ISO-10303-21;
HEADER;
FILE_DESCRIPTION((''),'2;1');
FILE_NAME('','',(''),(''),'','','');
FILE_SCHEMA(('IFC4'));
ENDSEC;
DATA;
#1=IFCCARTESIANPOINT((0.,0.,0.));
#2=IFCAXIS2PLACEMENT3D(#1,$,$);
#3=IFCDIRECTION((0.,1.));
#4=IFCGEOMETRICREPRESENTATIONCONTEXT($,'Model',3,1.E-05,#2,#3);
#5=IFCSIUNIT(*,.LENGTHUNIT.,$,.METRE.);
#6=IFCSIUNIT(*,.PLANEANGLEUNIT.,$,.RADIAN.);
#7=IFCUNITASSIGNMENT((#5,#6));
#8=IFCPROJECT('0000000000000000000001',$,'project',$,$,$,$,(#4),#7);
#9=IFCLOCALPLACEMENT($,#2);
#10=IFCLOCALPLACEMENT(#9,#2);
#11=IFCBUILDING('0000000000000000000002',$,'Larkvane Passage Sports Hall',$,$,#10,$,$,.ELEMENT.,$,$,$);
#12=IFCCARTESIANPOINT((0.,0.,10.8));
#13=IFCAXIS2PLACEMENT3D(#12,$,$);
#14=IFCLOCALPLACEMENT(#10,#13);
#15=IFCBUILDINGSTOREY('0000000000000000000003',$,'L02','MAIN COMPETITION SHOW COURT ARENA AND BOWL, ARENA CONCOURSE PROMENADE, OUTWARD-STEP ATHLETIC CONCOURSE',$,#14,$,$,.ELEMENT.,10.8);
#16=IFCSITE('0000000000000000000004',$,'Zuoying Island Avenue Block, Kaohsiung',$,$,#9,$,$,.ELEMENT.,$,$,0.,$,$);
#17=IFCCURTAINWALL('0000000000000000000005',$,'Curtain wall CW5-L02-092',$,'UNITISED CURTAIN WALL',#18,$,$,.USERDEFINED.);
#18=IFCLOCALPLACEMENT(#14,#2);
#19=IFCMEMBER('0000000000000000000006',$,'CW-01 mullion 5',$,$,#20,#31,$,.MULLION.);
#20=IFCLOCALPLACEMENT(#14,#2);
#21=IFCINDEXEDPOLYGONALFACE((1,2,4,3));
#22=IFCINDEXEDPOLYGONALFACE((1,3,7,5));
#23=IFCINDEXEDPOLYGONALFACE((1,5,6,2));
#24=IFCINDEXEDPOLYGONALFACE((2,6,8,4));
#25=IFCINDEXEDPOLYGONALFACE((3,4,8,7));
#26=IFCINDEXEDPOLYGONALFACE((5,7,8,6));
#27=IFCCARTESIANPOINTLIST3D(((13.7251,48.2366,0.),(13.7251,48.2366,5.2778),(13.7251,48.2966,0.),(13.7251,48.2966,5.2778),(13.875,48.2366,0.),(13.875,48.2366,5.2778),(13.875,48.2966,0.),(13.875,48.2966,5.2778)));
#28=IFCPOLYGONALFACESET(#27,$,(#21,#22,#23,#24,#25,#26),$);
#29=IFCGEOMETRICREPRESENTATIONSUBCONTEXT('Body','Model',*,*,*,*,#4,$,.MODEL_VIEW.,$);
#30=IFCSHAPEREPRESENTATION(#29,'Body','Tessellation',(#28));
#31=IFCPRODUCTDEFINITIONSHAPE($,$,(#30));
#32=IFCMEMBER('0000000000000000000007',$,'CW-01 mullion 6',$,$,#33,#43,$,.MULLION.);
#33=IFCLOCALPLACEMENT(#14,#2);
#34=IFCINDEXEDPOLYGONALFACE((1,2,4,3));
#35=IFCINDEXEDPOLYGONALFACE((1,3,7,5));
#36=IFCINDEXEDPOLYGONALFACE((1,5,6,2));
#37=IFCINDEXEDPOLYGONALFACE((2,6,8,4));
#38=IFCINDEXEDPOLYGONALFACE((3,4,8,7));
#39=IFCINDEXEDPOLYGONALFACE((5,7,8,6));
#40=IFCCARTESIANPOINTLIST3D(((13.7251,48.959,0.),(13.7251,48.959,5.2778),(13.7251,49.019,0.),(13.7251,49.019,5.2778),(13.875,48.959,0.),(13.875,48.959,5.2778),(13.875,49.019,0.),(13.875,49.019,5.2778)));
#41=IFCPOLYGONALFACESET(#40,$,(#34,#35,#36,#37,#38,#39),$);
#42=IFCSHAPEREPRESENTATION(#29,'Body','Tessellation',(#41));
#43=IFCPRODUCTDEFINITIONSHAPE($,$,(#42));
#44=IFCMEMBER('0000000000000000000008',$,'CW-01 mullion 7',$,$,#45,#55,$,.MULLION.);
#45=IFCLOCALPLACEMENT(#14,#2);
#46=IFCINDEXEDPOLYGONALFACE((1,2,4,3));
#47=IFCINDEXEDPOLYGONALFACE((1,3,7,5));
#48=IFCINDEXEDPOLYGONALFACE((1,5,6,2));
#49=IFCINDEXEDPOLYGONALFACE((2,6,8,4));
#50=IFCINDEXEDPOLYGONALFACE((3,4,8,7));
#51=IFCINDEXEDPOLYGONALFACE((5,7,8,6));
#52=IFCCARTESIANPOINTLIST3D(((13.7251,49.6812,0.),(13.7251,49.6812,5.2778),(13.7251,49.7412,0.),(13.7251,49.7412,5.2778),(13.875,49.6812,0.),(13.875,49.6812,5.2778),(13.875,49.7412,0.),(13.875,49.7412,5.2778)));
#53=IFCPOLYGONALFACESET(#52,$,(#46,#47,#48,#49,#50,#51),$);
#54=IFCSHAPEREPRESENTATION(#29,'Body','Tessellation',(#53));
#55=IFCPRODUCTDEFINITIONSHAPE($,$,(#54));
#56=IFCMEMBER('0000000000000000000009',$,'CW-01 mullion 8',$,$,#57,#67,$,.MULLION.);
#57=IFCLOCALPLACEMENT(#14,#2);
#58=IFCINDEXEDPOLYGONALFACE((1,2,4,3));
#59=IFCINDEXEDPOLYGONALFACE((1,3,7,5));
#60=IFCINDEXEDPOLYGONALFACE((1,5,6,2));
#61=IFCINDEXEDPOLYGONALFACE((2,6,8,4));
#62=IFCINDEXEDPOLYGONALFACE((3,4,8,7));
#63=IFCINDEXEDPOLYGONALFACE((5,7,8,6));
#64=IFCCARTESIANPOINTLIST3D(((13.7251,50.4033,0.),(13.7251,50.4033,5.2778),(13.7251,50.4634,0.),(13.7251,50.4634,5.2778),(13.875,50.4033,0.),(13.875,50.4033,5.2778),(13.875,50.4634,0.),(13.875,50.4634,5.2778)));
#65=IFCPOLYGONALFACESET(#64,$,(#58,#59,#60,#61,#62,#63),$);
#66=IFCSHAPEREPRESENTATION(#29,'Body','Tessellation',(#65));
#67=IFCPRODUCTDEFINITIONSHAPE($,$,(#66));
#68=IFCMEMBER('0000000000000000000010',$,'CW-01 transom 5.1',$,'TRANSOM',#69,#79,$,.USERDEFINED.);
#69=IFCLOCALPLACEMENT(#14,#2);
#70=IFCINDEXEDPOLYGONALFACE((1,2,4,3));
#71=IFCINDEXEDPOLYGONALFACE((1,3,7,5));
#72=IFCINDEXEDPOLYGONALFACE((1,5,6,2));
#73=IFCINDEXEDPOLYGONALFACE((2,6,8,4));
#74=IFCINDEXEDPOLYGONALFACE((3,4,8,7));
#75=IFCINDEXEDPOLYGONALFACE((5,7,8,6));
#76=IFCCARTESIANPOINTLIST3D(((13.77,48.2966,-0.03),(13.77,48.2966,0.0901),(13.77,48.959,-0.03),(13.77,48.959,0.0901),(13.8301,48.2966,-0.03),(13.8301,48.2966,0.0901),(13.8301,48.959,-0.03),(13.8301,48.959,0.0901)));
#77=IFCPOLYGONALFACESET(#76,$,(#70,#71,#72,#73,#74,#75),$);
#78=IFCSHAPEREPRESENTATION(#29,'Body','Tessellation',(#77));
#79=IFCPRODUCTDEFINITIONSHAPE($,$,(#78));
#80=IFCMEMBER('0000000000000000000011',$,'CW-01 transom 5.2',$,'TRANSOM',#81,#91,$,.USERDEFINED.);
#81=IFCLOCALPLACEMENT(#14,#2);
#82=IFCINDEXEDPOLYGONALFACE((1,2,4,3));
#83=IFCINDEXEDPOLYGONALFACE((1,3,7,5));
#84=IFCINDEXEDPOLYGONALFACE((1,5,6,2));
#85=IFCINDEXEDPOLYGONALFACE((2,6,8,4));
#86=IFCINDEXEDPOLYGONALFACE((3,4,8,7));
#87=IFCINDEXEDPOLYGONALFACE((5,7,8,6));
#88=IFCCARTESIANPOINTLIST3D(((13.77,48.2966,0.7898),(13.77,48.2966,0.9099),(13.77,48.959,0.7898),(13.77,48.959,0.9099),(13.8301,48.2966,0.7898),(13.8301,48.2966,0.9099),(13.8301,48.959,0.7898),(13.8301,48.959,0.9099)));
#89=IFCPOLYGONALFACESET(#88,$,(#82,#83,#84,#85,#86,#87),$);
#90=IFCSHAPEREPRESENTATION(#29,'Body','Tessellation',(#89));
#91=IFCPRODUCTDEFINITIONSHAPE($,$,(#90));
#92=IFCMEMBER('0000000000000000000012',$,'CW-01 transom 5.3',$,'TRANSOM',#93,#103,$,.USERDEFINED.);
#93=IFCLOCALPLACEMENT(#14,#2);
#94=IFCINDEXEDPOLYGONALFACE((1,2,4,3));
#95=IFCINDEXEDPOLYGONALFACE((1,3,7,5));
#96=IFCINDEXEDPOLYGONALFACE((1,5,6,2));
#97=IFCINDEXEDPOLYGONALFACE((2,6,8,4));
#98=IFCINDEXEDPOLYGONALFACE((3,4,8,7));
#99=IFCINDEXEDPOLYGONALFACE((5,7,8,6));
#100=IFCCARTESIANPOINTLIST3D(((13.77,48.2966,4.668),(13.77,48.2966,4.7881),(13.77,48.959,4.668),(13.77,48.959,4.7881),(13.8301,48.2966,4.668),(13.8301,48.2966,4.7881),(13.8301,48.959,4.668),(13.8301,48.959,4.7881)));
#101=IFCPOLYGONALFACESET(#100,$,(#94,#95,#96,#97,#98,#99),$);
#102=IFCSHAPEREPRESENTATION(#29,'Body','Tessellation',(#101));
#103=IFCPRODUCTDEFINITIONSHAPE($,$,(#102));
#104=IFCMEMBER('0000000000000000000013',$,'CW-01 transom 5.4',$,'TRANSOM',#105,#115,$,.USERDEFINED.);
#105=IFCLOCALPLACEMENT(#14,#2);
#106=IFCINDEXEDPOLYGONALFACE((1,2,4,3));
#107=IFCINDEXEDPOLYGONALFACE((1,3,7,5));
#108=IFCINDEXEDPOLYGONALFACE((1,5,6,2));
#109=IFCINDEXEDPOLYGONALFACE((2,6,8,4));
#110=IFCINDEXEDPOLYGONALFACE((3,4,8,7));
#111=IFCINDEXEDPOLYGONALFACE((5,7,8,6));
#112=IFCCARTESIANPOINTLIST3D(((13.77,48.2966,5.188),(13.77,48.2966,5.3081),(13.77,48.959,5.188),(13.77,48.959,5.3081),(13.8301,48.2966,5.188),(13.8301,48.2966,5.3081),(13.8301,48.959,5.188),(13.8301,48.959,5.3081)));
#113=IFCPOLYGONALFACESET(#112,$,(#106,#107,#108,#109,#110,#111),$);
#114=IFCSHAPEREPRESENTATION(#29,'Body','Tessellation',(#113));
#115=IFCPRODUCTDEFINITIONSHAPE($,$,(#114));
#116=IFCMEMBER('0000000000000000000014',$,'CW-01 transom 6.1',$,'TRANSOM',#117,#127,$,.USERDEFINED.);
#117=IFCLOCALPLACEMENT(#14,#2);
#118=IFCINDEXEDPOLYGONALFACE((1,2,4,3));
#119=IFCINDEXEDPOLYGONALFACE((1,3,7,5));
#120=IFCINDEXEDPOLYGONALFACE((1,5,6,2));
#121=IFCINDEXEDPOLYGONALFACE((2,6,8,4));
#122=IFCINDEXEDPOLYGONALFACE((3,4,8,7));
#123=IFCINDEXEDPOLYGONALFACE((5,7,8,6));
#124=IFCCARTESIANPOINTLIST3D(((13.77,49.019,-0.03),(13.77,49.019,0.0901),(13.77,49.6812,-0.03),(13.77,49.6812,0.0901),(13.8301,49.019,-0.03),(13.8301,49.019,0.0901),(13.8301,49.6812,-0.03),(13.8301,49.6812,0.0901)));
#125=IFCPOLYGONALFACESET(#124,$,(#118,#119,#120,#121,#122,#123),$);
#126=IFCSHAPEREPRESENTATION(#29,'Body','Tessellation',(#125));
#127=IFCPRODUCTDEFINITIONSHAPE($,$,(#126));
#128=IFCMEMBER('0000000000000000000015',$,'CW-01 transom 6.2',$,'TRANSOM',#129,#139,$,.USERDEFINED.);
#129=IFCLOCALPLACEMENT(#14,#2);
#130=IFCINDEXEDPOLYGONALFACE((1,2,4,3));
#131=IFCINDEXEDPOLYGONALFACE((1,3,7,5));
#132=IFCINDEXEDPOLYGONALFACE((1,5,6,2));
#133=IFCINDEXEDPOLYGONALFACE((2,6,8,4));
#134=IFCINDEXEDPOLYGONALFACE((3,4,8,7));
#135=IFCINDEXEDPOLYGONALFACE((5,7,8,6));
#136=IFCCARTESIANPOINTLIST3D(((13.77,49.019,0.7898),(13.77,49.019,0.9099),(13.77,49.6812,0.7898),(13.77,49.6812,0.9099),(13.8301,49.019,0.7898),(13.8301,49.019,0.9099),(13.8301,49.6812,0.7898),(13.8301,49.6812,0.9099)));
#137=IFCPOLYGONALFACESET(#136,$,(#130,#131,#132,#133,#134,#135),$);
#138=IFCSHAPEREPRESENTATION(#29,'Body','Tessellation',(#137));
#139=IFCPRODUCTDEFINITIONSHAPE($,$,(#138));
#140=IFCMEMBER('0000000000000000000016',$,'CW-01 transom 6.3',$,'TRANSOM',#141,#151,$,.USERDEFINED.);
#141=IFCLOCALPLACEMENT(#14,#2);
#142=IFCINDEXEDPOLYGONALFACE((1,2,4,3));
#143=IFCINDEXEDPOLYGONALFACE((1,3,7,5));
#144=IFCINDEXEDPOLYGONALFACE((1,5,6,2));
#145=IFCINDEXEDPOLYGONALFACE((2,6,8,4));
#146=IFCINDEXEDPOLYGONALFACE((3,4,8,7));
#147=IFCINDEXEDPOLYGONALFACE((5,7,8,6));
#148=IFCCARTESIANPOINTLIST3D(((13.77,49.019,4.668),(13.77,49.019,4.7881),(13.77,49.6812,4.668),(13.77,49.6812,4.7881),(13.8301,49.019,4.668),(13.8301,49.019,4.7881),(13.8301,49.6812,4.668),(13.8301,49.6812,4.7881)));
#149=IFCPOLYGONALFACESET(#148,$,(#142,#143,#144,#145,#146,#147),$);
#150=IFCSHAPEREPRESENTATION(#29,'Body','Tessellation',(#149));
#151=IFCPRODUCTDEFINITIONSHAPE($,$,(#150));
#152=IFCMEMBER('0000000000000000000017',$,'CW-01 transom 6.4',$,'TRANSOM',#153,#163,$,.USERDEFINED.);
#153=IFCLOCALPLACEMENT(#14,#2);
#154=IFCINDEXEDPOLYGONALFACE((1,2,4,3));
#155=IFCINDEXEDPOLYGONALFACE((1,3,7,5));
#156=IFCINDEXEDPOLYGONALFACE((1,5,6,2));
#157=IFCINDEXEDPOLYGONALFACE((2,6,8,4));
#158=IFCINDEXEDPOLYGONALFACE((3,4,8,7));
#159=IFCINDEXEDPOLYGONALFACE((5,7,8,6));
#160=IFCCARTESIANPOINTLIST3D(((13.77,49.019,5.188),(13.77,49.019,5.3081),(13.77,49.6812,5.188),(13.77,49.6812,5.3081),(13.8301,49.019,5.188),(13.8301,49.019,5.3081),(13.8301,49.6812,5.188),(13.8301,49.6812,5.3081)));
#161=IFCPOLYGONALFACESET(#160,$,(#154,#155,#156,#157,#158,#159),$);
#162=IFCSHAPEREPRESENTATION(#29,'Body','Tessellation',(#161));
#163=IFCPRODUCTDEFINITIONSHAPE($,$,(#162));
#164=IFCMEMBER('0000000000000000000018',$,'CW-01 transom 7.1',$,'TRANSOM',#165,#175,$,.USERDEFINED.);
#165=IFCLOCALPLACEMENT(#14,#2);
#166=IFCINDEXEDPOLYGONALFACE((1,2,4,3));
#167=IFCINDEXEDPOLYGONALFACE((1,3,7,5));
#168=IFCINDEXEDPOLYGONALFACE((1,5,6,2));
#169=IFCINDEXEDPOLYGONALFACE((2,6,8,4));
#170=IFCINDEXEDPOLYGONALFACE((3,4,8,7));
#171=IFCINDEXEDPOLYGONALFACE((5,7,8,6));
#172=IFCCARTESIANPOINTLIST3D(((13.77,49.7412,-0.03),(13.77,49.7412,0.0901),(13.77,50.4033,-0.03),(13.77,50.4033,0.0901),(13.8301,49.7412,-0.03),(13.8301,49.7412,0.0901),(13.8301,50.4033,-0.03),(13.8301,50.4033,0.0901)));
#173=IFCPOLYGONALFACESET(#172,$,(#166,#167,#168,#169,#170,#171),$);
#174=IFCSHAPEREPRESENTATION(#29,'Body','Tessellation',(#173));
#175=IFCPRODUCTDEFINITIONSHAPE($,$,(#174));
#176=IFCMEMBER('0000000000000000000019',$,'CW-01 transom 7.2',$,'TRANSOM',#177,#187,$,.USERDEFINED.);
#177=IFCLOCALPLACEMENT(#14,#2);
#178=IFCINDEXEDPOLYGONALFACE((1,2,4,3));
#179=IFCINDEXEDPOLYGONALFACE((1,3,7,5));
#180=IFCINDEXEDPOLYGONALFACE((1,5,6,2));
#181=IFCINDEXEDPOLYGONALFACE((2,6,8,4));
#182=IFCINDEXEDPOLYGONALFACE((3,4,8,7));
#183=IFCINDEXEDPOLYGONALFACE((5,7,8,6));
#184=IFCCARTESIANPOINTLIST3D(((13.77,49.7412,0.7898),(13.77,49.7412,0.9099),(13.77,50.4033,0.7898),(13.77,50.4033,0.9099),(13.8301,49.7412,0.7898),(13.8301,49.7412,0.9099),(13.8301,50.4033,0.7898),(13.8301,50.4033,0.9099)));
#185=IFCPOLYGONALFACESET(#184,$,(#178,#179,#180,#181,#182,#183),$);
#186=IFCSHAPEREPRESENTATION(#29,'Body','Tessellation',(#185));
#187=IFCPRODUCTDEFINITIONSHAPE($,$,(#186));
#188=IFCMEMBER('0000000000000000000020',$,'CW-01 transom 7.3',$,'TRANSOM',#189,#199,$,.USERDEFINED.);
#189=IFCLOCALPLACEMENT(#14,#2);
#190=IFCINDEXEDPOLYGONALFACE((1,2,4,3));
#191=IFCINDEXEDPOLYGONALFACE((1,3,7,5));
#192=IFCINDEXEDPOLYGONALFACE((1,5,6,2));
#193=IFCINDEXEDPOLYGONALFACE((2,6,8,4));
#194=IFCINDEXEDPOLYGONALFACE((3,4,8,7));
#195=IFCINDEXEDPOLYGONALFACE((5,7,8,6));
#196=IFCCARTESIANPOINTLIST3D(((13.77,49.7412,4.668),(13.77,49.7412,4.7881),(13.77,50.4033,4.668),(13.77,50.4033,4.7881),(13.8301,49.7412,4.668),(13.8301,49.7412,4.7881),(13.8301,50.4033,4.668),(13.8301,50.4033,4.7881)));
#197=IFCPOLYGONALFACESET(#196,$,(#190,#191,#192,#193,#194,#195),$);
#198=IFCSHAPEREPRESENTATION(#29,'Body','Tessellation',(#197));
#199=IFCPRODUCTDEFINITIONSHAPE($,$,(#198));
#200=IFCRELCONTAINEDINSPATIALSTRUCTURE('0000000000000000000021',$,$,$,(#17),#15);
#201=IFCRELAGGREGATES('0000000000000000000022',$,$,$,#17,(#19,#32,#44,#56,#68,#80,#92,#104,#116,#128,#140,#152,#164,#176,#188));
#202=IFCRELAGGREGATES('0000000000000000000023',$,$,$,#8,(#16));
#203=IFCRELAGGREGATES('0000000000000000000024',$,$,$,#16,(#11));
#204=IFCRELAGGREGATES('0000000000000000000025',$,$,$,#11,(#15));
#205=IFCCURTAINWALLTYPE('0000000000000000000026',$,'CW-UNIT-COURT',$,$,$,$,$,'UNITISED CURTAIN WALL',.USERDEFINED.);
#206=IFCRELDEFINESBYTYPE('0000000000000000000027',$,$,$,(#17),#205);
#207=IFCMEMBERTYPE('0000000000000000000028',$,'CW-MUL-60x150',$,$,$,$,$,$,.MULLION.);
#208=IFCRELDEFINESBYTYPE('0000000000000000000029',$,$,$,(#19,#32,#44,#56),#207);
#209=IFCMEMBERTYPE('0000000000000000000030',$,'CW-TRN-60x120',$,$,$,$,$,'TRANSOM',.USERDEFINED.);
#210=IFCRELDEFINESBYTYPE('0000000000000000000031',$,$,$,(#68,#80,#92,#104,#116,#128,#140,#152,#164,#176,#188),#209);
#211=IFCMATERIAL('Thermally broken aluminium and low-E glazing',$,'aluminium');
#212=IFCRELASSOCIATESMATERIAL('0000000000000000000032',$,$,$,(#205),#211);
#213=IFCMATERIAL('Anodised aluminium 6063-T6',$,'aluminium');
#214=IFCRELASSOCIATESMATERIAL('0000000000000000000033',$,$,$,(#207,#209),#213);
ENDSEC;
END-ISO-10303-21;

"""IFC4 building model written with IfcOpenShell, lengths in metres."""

from ifc_helpers import new_model, si_unit, direction, frame, origin, origin_2d, place, context, subcontext, project, spatial, rectangle, extrude, material, material_profile, profile_set, type_object, element, aggregate, save


model = new_model("IFC4")

# Units and contexts
model_context = context("Model", 3, precision=1e-05, world=origin(), true_north=direction((0.0, 1.0)))
body_context = subcontext(model_context, "Body", "Model", "MODEL_VIEW")
ifc_project = project(units=[si_unit("LENGTHUNIT", "METRE"), si_unit("PLANEANGLEUNIT", "RADIAN")], contexts=[model_context])

# Site, building, storey
site_placement = place(None, origin())
site = spatial("IfcSite", under=ifc_project, at=site_placement, Name="Zuoying Island Avenue Block, Kaohsiung", CompositionType="ELEMENT", RefElevation=0.0)
building_placement = place(site_placement, origin())
building = spatial("IfcBuilding", under=site, at=building_placement, Name="Larkvane Passage Sports Hall", CompositionType="ELEMENT")
storey_placement = place(building_placement, frame((0.0, 0.0, 10.8)))
storey = spatial("IfcBuildingStorey", under=building, at=storey_placement, Name="L02", Description="MAIN COMPETITION SHOW COURT ARENA AND BOWL, ARENA CONCOURSE PROMENADE, OUTWARD-STEP ATHLETIC CONCOURSE", CompositionType="ELEMENT", Elevation=10.8)

# Curtain wall, members
ifc_material_1 = material(Name="Thermally broken aluminium and low-E glazing", Category="aluminium")
curtain_wall_type = type_object("IfcCurtainWallType", Name="CW-UNIT-COURT", ElementType="UNITISED CURTAIN WALL", PredefinedType="USERDEFINED", material=ifc_material_1)
curtain_wall_placement = place(storey_placement, origin())
curtain_wall = element("IfcCurtainWall", 1, at=curtain_wall_placement, inside=storey, type_object=curtain_wall_type, Name="Curtain wall CW5-L02-092", ObjectType="UNITISED CURTAIN WALL", PredefinedType="USERDEFINED")
ifc_material_2 = material(Name="Anodised aluminium 6063-T6", Category="aluminium")
ifc_material_profile_1 = material_profile(ifc_material_2, rectangle(XDim=0.0601, YDim=0.1499, at=origin_2d()), Name="ALU-MUL-60x150")
ifc_profile_set_1 = profile_set([ifc_material_profile_1], Name="Anodised aluminium 6063-T6")
member_type_1 = type_object("IfcMemberType", Name="CW-MUL-60x150", PredefinedType="MULLION", material=ifc_profile_set_1)
member_1_placement = place(storey_placement, frame((13.8, 48.2666, 0.0), z_axis=(0.0, 0.0, 1.0), x_axis=(0.0, 1.0, 0.0)))
member_1 = element("IfcMember", 2, at=member_1_placement, type_object=member_type_1, Name="CW-01 mullion 5", PredefinedType="MULLION", context=body_context, shape_type="SweptSolid", body=[
    extrude(rectangle(XDim=0.0601, YDim=0.1499, at=origin_2d()), origin(), (0.0, 0.0, 1.0), 5.2778),
])
member_2_placement = place(storey_placement, frame((13.8, 48.989, 0.0), z_axis=(0.0, 0.0, 1.0), x_axis=(0.0, 1.0, 0.0)))
member_2 = element("IfcMember", 3, at=member_2_placement, type_object=member_type_1, Name="CW-01 mullion 6", PredefinedType="MULLION", context=body_context, shape_type="SweptSolid", body=[
    extrude(rectangle(XDim=0.0601, YDim=0.1499, at=origin_2d()), origin(), (0.0, 0.0, 1.0), 5.2778),
])
member_3_placement = place(storey_placement, frame((13.8, 49.7112, 0.0), z_axis=(0.0, 0.0, 1.0), x_axis=(0.0, 1.0, 0.0)))
member_3 = element("IfcMember", 4, at=member_3_placement, type_object=member_type_1, Name="CW-01 mullion 7", PredefinedType="MULLION", context=body_context, shape_type="SweptSolid", body=[
    extrude(rectangle(XDim=0.0601, YDim=0.1499, at=origin_2d()), origin(), (0.0, 0.0, 1.0), 5.2778),
])
member_4_placement = place(storey_placement, frame((13.8, 50.4333, 0.0), z_axis=(0.0, 0.0, 1.0), x_axis=(0.0, 1.0, 0.0)))
member_4 = element("IfcMember", 5, at=member_4_placement, type_object=member_type_1, Name="CW-01 mullion 8", PredefinedType="MULLION", context=body_context, shape_type="SweptSolid", body=[
    extrude(rectangle(XDim=0.0601, YDim=0.1499, at=origin_2d()), origin(), (0.0, 0.0, 1.0), 5.2778),
])
ifc_material_profile_2 = material_profile(ifc_material_2, rectangle(XDim=0.0601, YDim=0.1201, at=origin_2d()), Name="ALU-TRN-60x120")
ifc_profile_set_2 = profile_set([ifc_material_profile_2], Name="Anodised aluminium 6063-T6")
member_type_2 = type_object("IfcMemberType", Name="CW-TRN-60x120", ElementType="TRANSOM", PredefinedType="USERDEFINED", material=ifc_profile_set_2)
member_5_placement = place(storey_placement, frame((13.8, 48.2966, 0.03), z_axis=(0.0, 1.0, 0.0), x_axis=(-1.0, 0.0, 0.0)))
member_5 = element("IfcMember", 6, at=member_5_placement, type_object=member_type_2, Name="CW-01 transom 5.1", ObjectType="TRANSOM", PredefinedType="USERDEFINED", context=body_context, shape_type="SweptSolid", body=[
    extrude(rectangle(XDim=0.0601, YDim=0.1201, at=origin_2d()), origin(), (0.0, 0.0, 1.0), 0.6624),
])
member_6_placement = place(storey_placement, frame((13.8, 48.2966, 0.8499), z_axis=(0.0, 1.0, 0.0), x_axis=(-1.0, 0.0, 0.0)))
member_6 = element("IfcMember", 7, at=member_6_placement, type_object=member_type_2, Name="CW-01 transom 5.2", ObjectType="TRANSOM", PredefinedType="USERDEFINED", context=body_context, shape_type="SweptSolid", body=[
    extrude(rectangle(XDim=0.0601, YDim=0.1201, at=origin_2d()), origin(), (0.0, 0.0, 1.0), 0.6624),
])
member_7_placement = place(storey_placement, frame((13.8, 48.2966, 4.728), z_axis=(0.0, 1.0, 0.0), x_axis=(-1.0, 0.0, 0.0)))
member_7 = element("IfcMember", 8, at=member_7_placement, type_object=member_type_2, Name="CW-01 transom 5.3", ObjectType="TRANSOM", PredefinedType="USERDEFINED", context=body_context, shape_type="SweptSolid", body=[
    extrude(rectangle(XDim=0.0601, YDim=0.1201, at=origin_2d()), origin(), (0.0, 0.0, 1.0), 0.6624),
])
member_8_placement = place(storey_placement, frame((13.8, 48.2966, 5.248), z_axis=(0.0, 1.0, 0.0), x_axis=(-1.0, 0.0, 0.0)))
member_8 = element("IfcMember", 9, at=member_8_placement, type_object=member_type_2, Name="CW-01 transom 5.4", ObjectType="TRANSOM", PredefinedType="USERDEFINED", context=body_context, shape_type="SweptSolid", body=[
    extrude(rectangle(XDim=0.0601, YDim=0.1201, at=origin_2d()), origin(), (0.0, 0.0, 1.0), 0.6624),
])
member_9_placement = place(storey_placement, frame((13.8, 49.019, 0.03), z_axis=(0.0, 1.0, 0.0), x_axis=(-1.0, 0.0, 0.0)))
member_9 = element("IfcMember", 10, at=member_9_placement, type_object=member_type_2, Name="CW-01 transom 6.1", ObjectType="TRANSOM", PredefinedType="USERDEFINED", context=body_context, shape_type="SweptSolid", body=[
    extrude(rectangle(XDim=0.0601, YDim=0.1201, at=origin_2d()), origin(), (0.0, 0.0, 1.0), 0.6621),
])
member_10_placement = place(storey_placement, frame((13.8, 49.019, 0.8499), z_axis=(0.0, 1.0, 0.0), x_axis=(-1.0, 0.0, 0.0)))
member_10 = element("IfcMember", 11, at=member_10_placement, type_object=member_type_2, Name="CW-01 transom 6.2", ObjectType="TRANSOM", PredefinedType="USERDEFINED", context=body_context, shape_type="SweptSolid", body=[
    extrude(rectangle(XDim=0.0601, YDim=0.1201, at=origin_2d()), origin(), (0.0, 0.0, 1.0), 0.6621),
])
member_11_placement = place(storey_placement, frame((13.8, 49.019, 4.728), z_axis=(0.0, 1.0, 0.0), x_axis=(-1.0, 0.0, 0.0)))
member_11 = element("IfcMember", 12, at=member_11_placement, type_object=member_type_2, Name="CW-01 transom 6.3", ObjectType="TRANSOM", PredefinedType="USERDEFINED", context=body_context, shape_type="SweptSolid", body=[
    extrude(rectangle(XDim=0.0601, YDim=0.1201, at=origin_2d()), origin(), (0.0, 0.0, 1.0), 0.6621),
])
member_12_placement = place(storey_placement, frame((13.8, 49.019, 5.248), z_axis=(0.0, 1.0, 0.0), x_axis=(-1.0, 0.0, 0.0)))
member_12 = element("IfcMember", 13, at=member_12_placement, type_object=member_type_2, Name="CW-01 transom 6.4", ObjectType="TRANSOM", PredefinedType="USERDEFINED", context=body_context, shape_type="SweptSolid", body=[
    extrude(rectangle(XDim=0.0601, YDim=0.1201, at=origin_2d()), origin(), (0.0, 0.0, 1.0), 0.6621),
])
member_13_placement = place(storey_placement, frame((13.8, 49.7412, 0.03), z_axis=(0.0, 1.0, 0.0), x_axis=(-1.0, 0.0, 0.0)))
member_13 = element("IfcMember", 14, at=member_13_placement, type_object=member_type_2, Name="CW-01 transom 7.1", ObjectType="TRANSOM", PredefinedType="USERDEFINED", context=body_context, shape_type="SweptSolid", body=[
    extrude(rectangle(XDim=0.0601, YDim=0.1201, at=origin_2d()), origin(), (0.0, 0.0, 1.0), 0.6621),
])
member_14_placement = place(storey_placement, frame((13.8, 49.7412, 0.8499), z_axis=(0.0, 1.0, 0.0), x_axis=(-1.0, 0.0, 0.0)))
member_14 = element("IfcMember", 15, at=member_14_placement, type_object=member_type_2, Name="CW-01 transom 7.2", ObjectType="TRANSOM", PredefinedType="USERDEFINED", context=body_context, shape_type="SweptSolid", body=[
    extrude(rectangle(XDim=0.0601, YDim=0.1201, at=origin_2d()), origin(), (0.0, 0.0, 1.0), 0.6621),
])
member_15_placement = place(storey_placement, frame((13.8, 49.7412, 4.728), z_axis=(0.0, 1.0, 0.0), x_axis=(-1.0, 0.0, 0.0)))
member_15 = element("IfcMember", 16, at=member_15_placement, type_object=member_type_2, Name="CW-01 transom 7.3", ObjectType="TRANSOM", PredefinedType="USERDEFINED", context=body_context, shape_type="SweptSolid", body=[
    extrude(rectangle(XDim=0.0601, YDim=0.1201, at=origin_2d()), origin(), (0.0, 0.0, 1.0), 0.6621),
])
aggregate(curtain_wall, [member_1, member_2, member_3, member_4, member_5, member_6, member_7, member_8, member_9, member_10, member_11, member_12, member_13, member_14, member_15])

save(model, "model.ifc")
